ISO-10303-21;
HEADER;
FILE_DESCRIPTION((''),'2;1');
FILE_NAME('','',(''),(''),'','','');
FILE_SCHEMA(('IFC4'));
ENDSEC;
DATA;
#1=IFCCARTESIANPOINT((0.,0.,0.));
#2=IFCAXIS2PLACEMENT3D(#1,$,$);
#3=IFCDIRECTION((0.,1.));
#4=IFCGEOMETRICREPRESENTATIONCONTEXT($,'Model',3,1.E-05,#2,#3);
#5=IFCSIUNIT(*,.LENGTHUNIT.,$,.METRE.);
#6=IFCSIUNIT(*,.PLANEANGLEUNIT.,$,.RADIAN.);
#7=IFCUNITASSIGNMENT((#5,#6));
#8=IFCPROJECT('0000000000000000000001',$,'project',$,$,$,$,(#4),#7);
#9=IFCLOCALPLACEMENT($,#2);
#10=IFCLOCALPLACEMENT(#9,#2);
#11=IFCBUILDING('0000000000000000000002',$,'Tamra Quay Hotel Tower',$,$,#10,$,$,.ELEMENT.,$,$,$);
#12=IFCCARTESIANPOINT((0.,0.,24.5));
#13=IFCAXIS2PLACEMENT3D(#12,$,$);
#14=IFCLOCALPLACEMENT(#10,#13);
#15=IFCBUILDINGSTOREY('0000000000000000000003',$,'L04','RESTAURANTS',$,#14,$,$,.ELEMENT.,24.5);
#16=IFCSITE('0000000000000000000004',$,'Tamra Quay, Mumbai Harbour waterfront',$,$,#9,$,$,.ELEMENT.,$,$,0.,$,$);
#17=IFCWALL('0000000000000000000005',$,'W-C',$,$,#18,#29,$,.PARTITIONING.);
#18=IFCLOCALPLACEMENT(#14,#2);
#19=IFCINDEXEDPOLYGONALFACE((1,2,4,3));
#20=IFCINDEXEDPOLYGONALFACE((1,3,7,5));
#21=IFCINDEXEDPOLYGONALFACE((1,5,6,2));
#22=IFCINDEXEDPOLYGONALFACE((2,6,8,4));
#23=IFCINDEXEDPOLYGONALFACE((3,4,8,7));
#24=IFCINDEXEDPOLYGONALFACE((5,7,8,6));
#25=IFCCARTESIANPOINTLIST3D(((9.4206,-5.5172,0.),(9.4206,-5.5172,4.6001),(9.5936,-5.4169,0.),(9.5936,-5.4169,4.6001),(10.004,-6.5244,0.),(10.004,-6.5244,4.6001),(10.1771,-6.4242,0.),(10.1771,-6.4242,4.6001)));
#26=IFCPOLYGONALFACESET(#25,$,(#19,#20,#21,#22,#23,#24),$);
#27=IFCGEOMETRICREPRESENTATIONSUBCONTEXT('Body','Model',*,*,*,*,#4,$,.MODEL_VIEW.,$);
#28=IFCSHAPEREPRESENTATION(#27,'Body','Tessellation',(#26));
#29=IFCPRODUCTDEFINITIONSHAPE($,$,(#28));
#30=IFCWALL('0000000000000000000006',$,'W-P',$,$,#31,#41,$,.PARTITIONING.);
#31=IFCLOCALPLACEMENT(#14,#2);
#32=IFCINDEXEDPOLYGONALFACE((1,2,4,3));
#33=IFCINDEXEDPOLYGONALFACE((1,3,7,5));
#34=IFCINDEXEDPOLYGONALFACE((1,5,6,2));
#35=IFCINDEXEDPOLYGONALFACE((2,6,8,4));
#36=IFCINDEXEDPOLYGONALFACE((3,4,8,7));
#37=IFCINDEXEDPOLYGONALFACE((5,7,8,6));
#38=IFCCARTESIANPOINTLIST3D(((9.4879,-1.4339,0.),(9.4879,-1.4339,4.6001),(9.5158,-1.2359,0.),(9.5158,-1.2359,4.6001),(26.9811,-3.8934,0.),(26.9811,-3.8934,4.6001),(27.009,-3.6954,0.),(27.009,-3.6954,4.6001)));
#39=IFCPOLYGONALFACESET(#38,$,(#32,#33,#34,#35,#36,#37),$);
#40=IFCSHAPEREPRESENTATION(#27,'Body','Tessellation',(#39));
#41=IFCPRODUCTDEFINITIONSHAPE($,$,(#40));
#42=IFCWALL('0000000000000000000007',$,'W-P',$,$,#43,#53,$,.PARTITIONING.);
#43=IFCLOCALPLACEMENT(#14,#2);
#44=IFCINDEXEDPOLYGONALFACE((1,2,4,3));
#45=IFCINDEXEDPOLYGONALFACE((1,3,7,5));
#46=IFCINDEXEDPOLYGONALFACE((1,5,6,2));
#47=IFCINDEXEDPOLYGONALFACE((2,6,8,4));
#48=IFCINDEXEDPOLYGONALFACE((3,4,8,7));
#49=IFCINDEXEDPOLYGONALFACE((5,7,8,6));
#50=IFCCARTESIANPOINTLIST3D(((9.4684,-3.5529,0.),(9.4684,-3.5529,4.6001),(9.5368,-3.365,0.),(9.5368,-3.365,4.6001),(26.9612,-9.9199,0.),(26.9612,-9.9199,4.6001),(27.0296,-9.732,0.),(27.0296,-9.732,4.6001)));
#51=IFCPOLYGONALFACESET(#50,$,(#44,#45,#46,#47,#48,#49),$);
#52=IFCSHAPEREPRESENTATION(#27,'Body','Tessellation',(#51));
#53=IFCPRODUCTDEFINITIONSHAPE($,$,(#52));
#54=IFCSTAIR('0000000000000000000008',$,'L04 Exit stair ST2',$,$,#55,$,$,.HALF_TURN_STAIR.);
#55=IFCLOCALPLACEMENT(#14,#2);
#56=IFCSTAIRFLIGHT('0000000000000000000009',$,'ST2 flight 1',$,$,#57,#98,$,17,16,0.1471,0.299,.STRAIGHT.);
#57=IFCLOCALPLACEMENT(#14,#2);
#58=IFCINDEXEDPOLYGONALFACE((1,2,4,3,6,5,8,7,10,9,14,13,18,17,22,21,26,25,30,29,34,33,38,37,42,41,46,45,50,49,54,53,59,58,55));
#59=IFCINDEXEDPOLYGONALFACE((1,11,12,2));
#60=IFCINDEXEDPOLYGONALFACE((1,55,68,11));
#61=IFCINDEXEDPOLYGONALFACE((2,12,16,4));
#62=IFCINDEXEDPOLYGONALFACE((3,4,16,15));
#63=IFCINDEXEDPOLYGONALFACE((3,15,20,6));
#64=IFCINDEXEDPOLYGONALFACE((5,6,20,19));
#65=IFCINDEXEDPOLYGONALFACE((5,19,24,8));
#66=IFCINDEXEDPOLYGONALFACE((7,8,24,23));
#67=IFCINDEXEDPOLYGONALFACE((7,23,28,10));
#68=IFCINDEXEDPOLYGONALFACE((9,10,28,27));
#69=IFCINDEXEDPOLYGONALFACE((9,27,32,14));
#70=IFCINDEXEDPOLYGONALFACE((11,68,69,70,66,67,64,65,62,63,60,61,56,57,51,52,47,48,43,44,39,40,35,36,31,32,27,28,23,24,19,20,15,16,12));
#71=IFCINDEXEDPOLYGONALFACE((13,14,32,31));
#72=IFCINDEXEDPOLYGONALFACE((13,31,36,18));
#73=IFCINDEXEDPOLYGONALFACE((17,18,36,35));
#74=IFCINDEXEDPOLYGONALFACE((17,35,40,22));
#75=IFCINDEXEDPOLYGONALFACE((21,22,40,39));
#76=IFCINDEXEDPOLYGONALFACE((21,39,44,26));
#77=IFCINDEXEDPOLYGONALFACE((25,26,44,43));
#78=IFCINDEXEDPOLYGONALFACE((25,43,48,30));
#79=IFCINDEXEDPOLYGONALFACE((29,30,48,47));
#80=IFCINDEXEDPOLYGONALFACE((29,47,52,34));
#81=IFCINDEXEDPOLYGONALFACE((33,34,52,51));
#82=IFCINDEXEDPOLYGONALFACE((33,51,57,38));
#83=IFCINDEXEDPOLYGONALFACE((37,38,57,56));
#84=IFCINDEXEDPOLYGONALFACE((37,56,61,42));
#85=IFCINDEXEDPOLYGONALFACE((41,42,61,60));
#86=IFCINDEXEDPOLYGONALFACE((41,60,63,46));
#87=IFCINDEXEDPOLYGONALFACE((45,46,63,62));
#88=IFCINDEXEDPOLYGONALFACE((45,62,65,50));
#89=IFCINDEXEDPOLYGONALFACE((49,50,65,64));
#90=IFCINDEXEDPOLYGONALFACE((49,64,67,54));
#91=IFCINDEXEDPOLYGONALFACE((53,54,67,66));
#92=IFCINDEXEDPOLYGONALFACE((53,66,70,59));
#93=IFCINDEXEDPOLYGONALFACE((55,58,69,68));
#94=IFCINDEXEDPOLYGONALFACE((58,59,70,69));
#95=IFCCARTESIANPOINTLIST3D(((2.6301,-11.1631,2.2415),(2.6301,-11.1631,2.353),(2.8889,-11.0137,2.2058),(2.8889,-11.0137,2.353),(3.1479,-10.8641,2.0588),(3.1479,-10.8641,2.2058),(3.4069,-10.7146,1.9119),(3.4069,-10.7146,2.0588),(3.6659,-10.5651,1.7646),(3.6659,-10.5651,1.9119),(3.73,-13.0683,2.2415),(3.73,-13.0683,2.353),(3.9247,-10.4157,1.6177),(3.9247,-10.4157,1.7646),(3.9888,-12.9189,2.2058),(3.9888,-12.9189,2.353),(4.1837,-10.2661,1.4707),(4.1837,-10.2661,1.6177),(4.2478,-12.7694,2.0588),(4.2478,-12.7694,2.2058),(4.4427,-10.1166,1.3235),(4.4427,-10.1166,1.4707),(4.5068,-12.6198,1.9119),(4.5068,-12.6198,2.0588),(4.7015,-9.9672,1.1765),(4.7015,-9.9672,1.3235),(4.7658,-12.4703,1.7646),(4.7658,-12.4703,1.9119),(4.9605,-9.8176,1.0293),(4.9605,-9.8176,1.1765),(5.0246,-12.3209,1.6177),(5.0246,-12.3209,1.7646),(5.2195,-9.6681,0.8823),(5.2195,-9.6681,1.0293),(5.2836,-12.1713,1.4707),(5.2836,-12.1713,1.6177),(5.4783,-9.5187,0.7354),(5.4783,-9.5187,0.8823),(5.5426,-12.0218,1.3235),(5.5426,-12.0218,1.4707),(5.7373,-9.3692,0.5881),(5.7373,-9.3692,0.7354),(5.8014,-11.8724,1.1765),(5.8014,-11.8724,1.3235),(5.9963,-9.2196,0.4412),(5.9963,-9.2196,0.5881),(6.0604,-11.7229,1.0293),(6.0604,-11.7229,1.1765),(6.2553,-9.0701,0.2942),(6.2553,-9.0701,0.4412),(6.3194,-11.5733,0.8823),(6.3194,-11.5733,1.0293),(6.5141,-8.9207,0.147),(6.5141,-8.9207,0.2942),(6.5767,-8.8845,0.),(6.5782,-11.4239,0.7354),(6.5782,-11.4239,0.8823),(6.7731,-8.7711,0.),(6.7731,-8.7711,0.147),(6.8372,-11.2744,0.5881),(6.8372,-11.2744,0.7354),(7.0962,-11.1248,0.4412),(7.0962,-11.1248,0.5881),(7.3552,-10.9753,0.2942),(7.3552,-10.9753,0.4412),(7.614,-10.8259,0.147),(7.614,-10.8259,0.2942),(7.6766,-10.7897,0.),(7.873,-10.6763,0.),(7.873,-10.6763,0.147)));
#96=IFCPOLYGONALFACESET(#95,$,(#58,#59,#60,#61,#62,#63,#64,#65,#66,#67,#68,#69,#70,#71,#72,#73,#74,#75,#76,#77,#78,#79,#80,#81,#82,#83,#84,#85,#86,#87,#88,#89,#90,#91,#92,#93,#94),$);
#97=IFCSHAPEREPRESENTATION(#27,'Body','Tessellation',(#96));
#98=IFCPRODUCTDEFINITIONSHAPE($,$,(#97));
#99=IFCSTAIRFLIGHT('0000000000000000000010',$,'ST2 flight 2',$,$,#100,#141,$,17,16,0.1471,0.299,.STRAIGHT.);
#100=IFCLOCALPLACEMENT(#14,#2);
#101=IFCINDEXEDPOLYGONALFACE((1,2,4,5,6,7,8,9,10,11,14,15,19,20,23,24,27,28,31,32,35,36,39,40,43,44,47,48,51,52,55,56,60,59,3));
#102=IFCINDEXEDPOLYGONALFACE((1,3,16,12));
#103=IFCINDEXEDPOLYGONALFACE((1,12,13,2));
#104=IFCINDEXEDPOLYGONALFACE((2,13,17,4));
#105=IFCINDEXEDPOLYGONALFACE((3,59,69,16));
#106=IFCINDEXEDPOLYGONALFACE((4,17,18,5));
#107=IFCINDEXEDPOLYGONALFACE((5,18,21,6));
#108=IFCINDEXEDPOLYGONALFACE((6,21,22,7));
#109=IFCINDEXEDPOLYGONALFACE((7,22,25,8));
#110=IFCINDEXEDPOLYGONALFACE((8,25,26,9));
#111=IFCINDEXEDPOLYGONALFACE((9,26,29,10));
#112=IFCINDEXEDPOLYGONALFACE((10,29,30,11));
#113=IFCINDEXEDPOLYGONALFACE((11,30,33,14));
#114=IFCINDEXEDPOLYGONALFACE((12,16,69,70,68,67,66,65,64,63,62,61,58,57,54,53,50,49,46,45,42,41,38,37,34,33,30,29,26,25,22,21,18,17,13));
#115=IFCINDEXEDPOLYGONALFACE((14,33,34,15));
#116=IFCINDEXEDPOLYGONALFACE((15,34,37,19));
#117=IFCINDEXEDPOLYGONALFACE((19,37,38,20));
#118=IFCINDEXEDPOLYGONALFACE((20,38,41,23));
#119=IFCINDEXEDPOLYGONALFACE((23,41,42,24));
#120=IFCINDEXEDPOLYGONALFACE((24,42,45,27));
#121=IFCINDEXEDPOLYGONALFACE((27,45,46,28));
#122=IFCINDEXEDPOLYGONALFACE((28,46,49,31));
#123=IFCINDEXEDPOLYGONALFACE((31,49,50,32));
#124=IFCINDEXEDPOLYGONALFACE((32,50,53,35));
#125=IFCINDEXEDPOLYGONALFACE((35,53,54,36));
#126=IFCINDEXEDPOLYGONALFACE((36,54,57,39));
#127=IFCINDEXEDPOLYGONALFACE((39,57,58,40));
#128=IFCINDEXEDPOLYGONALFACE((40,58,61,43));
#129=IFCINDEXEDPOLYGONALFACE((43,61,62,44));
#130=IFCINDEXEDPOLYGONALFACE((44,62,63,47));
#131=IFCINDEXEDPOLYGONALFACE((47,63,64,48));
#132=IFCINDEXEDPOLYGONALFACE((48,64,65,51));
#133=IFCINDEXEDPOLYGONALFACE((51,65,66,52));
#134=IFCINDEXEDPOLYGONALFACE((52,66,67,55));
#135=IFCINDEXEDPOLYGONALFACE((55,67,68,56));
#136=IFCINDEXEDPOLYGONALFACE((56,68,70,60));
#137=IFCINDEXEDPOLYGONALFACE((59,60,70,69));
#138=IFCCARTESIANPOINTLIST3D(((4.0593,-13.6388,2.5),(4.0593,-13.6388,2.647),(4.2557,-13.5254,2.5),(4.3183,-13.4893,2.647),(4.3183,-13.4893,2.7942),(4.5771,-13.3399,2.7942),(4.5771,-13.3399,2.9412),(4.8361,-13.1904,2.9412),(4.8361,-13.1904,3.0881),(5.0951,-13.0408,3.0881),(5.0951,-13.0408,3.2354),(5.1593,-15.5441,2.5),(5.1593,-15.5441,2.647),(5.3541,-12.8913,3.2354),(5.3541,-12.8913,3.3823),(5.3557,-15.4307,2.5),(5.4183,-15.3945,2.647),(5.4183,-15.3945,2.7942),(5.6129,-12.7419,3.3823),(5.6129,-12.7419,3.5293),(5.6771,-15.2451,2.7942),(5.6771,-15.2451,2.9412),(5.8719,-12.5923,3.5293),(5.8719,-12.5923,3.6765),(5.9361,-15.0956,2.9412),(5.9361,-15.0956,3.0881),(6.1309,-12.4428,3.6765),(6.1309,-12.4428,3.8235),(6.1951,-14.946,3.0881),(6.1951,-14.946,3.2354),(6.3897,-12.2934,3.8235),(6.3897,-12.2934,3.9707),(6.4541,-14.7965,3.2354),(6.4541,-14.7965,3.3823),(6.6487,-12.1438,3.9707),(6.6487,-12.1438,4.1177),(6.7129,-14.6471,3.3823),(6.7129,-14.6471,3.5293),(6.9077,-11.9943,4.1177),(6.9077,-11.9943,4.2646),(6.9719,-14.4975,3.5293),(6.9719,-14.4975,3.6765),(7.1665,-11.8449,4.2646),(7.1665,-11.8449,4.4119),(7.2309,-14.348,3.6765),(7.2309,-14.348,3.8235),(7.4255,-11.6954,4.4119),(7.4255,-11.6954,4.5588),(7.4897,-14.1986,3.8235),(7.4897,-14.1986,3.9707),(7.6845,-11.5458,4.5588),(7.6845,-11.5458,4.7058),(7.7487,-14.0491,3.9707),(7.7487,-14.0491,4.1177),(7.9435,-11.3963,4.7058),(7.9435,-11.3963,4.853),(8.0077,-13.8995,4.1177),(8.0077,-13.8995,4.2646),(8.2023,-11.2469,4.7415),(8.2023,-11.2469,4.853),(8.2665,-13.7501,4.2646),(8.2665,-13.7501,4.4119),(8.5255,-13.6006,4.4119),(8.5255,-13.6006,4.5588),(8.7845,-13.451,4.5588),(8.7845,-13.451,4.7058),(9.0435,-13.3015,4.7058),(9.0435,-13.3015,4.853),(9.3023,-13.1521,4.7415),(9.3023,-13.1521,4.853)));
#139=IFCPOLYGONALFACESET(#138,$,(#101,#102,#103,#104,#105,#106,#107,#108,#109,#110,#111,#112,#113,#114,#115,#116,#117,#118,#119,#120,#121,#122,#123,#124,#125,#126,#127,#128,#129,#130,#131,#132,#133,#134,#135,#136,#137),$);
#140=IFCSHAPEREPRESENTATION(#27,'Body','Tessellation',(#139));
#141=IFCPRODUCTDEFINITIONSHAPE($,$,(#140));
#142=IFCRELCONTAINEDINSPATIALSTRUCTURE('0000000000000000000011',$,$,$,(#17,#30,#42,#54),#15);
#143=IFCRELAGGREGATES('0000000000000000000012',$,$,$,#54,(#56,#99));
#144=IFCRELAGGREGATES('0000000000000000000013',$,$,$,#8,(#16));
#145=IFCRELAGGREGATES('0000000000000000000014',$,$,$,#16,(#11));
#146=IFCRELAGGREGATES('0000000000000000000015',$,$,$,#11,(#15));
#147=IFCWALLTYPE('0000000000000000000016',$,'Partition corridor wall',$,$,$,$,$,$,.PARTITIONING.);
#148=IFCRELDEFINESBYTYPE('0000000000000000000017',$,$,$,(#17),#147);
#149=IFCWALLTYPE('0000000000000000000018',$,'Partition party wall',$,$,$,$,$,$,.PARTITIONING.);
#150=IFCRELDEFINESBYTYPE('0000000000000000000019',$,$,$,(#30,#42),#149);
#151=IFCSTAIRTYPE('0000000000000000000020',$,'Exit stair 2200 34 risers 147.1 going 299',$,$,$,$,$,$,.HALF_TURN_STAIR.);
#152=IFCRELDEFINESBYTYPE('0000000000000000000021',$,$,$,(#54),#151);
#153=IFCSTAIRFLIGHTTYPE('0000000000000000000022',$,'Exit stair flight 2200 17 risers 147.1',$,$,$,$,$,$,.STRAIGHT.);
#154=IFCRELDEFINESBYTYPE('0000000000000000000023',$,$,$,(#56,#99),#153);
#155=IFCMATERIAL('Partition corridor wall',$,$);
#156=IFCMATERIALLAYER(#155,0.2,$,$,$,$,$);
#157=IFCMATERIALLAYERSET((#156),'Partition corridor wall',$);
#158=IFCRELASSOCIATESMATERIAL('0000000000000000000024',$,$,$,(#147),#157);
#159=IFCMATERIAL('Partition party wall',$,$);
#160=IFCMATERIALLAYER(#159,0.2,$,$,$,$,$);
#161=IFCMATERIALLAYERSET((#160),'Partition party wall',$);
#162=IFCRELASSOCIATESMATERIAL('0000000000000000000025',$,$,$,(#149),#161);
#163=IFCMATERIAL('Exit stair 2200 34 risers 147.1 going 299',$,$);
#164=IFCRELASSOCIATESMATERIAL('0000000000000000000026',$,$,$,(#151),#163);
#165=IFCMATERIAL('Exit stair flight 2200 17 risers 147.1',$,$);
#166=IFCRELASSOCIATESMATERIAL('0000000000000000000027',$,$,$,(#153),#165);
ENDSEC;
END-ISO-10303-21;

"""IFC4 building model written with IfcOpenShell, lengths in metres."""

from ifc_helpers import new_model, si_unit, direction, frame, frame_2d, origin, place, context, subcontext, project, spatial, polyline, rectangle, outline, extrude, material, layer, layer_set, type_object, element, aggregate, save


model = new_model("IFC4")

# Units and contexts
model_context = context("Model", 3, precision=1e-05, world=origin(), true_north=direction((0.0, 1.0)))
body_context = subcontext(model_context, "Body", "Model", "MODEL_VIEW")
ifc_project = project(units=[si_unit("LENGTHUNIT", "METRE"), si_unit("PLANEANGLEUNIT", "RADIAN")], contexts=[model_context])

# Site, building, storey
site_placement = place(None, origin())
site = spatial("IfcSite", under=ifc_project, at=site_placement, Name="Tamra Quay, Mumbai Harbour waterfront", CompositionType="ELEMENT", RefElevation=0.0)
building_placement = place(site_placement, origin())
building = spatial("IfcBuilding", under=site, at=building_placement, Name="Tamra Quay Hotel Tower", CompositionType="ELEMENT")
storey_placement = place(building_placement, frame((0.0, 0.0, 24.5)))
storey = spatial("IfcBuildingStorey", under=building, at=storey_placement, Name="L04", Description="RESTAURANTS", CompositionType="ELEMENT", Elevation=24.5)

# Shared definitions
ifc_material_1 = material(Name="Partition corridor wall")
ifc_layer_1 = layer(ifc_material_1, 0.2)
ifc_layer_set_1 = layer_set([ifc_layer_1], Name="Partition corridor wall")
wall_type_1 = type_object("IfcWallType", Name="Partition corridor wall", PredefinedType="PARTITIONING", material=ifc_layer_set_1)

# Walls
wall_1_placement = place(storey_placement, frame((9.5071, -5.467, 0.0), z_axis=(0.0, 0.0, 1.0), x_axis=(0.501235, -0.865311, 0.0)))
element("IfcWall", 1, at=wall_1_placement, inside=storey, type_object=wall_type_1, Name="W-C", PredefinedType="PARTITIONING", context=body_context, shape_type="SweptSolid", body=[
    extrude(rectangle(XDim=1.1641, YDim=0.2, at=frame_2d((0.582, 0.0))), origin(), (0.0, 0.0, 1.0), 4.6001),
])
ifc_material_2 = material(Name="Partition party wall")
ifc_layer_2 = layer(ifc_material_2, 0.2)
ifc_layer_set_2 = layer_set([ifc_layer_2], Name="Partition party wall")
wall_type_2 = type_object("IfcWallType", Name="Partition party wall", PredefinedType="PARTITIONING", material=ifc_layer_set_2)
wall_2_placement = place(storey_placement, frame((9.502, -1.335, 0.0), z_axis=(0.0, 0.0, 1.0), x_axis=(0.990261, -0.139227, 0.0)))
element("IfcWall", 2, at=wall_2_placement, inside=storey, type_object=wall_type_2, Name="W-P", PredefinedType="PARTITIONING", context=body_context, shape_type="SweptSolid", body=[
    extrude(rectangle(XDim=17.6653, YDim=0.2, at=frame_2d((8.8325, 0.0))), origin(), (0.0, 0.0, 1.0), 4.6001),
])
wall_3_placement = place(storey_placement, frame((9.5027, -3.459, 0.0), z_axis=(0.0, 0.0, 1.0), x_axis=(0.93969, -0.342026, 0.0)))
element("IfcWall", 3, at=wall_3_placement, inside=storey, type_object=wall_type_2, Name="W-P", PredefinedType="PARTITIONING", context=body_context, shape_type="SweptSolid", body=[
    extrude(rectangle(XDim=18.6155, YDim=0.2, at=frame_2d((9.3076, 0.0))), origin(), (0.0, 0.0, 1.0), 4.6001),
])

# Stair, stair flights
ifc_material_3 = material(Name="Exit stair 2200 34 risers 147.1 going 299")
stair_type = type_object("IfcStairType", Name="Exit stair 2200 34 risers 147.1 going 299", PredefinedType="HALF_TURN_STAIR", material=ifc_material_3)
stair_placement = place(storey_placement, origin())
stair = element("IfcStair", 4, at=stair_placement, inside=storey, type_object=stair_type, Name="L04 Exit stair ST2", PredefinedType="HALF_TURN_STAIR")
ifc_material_4 = material(Name="Exit stair flight 2200 17 risers 147.1")
stair_flight_type = type_object("IfcStairFlightType", Name="Exit stair flight 2200 17 risers 147.1", PredefinedType="STRAIGHT", material=ifc_material_4)
stair_flight_1_placement = place(storey_placement, frame((7.323, -9.7236, 0.0), z_axis=(0.0, 0.0, 1.0), x_axis=(-0.866025, -0.5, 0.0)))
stair_flight_1 = element("IfcStairFlight", 5, at=stair_flight_1_placement, type_object=stair_flight_type, Name="ST2 flight 1", NumberOfRisers=17, NumberOfTreads=16, PredefinedType="STRAIGHT", RiserHeight=0.1471, TreadLength=0.299, context=body_context, shape_type="SweptSolid", body=[
    extrude(outline(polyline([(0.0, 0.0), (0.0, 0.147), (0.2991, 0.147), (0.2991, 0.2942), (0.5979, 0.2942), (0.5979, 0.4412), (0.897, 0.4412), (0.897, 0.5881), (1.196, 0.5881), (1.196, 0.7354), (1.4951, 0.7354), (1.4951, 0.8823), (1.7939, 0.8823), (1.7939, 1.0293), (2.093, 1.0293), (2.093, 1.1765), (2.3921, 1.1765), (2.3921, 1.3235), (2.6909, 1.3235), (2.6909, 1.4707), (2.99, 1.4707), (2.99, 1.6177), (3.2891, 1.6177), (3.2891, 1.7646), (3.5879, 1.7646), (3.5879, 1.9119), (3.887, 1.9119), (3.887, 2.0588), (4.186, 2.0588), (4.186, 2.2058), (4.4851, 2.2058), (4.4851, 2.353), (4.7839, 2.353), (4.7839, 2.5), (4.7839, 2.2415), (0.2268, 0.0), (0.0, 0.0)])), frame((0.0, 1.1001, 0.0), z_axis=(0.0, -1.0, 0.0), x_axis=(1.0, 0.0, 0.0)), (0.0, 0.0, 1.0), 2.2),
])
stair_flight_2_placement = place(storey_placement, frame((4.6094, -14.5916, 2.5), z_axis=(0.0, 0.0, 1.0), x_axis=(0.866025, 0.5, 0.0)))
stair_flight_2 = element("IfcStairFlight", 6, at=stair_flight_2_placement, type_object=stair_flight_type, Name="ST2 flight 2", NumberOfRisers=17, NumberOfTreads=16, PredefinedType="STRAIGHT", RiserHeight=0.1471, TreadLength=0.299, context=body_context, shape_type="SweptSolid", body=[
    extrude(outline(polyline([(0.0, 0.0), (0.0, 0.147), (0.2991, 0.147), (0.2991, 0.2942), (0.5979, 0.2942), (0.5979, 0.4412), (0.897, 0.4412), (0.897, 0.5881), (1.196, 0.5881), (1.196, 0.7354), (1.4951, 0.7354), (1.4951, 0.8823), (1.7939, 0.8823), (1.7939, 1.0293), (2.093, 1.0293), (2.093, 1.1765), (2.3921, 1.1765), (2.3921, 1.3235), (2.6909, 1.3235), (2.6909, 1.4707), (2.99, 1.4707), (2.99, 1.6177), (3.2891, 1.6177), (3.2891, 1.7646), (3.5879, 1.7646), (3.5879, 1.9119), (3.887, 1.9119), (3.887, 2.0588), (4.186, 2.0588), (4.186, 2.2058), (4.4851, 2.2058), (4.4851, 2.353), (4.7839, 2.353), (4.7839, 2.5), (4.7839, 2.2415), (0.2268, 0.0), (0.0, 0.0)])), frame((0.0, 1.1001, 0.0), z_axis=(0.0, -1.0, 0.0), x_axis=(1.0, 0.0, 0.0)), (0.0, 0.0, 1.0), 2.2),
])
aggregate(stair, [stair_flight_1, stair_flight_2])

save(model, "model.ifc")
